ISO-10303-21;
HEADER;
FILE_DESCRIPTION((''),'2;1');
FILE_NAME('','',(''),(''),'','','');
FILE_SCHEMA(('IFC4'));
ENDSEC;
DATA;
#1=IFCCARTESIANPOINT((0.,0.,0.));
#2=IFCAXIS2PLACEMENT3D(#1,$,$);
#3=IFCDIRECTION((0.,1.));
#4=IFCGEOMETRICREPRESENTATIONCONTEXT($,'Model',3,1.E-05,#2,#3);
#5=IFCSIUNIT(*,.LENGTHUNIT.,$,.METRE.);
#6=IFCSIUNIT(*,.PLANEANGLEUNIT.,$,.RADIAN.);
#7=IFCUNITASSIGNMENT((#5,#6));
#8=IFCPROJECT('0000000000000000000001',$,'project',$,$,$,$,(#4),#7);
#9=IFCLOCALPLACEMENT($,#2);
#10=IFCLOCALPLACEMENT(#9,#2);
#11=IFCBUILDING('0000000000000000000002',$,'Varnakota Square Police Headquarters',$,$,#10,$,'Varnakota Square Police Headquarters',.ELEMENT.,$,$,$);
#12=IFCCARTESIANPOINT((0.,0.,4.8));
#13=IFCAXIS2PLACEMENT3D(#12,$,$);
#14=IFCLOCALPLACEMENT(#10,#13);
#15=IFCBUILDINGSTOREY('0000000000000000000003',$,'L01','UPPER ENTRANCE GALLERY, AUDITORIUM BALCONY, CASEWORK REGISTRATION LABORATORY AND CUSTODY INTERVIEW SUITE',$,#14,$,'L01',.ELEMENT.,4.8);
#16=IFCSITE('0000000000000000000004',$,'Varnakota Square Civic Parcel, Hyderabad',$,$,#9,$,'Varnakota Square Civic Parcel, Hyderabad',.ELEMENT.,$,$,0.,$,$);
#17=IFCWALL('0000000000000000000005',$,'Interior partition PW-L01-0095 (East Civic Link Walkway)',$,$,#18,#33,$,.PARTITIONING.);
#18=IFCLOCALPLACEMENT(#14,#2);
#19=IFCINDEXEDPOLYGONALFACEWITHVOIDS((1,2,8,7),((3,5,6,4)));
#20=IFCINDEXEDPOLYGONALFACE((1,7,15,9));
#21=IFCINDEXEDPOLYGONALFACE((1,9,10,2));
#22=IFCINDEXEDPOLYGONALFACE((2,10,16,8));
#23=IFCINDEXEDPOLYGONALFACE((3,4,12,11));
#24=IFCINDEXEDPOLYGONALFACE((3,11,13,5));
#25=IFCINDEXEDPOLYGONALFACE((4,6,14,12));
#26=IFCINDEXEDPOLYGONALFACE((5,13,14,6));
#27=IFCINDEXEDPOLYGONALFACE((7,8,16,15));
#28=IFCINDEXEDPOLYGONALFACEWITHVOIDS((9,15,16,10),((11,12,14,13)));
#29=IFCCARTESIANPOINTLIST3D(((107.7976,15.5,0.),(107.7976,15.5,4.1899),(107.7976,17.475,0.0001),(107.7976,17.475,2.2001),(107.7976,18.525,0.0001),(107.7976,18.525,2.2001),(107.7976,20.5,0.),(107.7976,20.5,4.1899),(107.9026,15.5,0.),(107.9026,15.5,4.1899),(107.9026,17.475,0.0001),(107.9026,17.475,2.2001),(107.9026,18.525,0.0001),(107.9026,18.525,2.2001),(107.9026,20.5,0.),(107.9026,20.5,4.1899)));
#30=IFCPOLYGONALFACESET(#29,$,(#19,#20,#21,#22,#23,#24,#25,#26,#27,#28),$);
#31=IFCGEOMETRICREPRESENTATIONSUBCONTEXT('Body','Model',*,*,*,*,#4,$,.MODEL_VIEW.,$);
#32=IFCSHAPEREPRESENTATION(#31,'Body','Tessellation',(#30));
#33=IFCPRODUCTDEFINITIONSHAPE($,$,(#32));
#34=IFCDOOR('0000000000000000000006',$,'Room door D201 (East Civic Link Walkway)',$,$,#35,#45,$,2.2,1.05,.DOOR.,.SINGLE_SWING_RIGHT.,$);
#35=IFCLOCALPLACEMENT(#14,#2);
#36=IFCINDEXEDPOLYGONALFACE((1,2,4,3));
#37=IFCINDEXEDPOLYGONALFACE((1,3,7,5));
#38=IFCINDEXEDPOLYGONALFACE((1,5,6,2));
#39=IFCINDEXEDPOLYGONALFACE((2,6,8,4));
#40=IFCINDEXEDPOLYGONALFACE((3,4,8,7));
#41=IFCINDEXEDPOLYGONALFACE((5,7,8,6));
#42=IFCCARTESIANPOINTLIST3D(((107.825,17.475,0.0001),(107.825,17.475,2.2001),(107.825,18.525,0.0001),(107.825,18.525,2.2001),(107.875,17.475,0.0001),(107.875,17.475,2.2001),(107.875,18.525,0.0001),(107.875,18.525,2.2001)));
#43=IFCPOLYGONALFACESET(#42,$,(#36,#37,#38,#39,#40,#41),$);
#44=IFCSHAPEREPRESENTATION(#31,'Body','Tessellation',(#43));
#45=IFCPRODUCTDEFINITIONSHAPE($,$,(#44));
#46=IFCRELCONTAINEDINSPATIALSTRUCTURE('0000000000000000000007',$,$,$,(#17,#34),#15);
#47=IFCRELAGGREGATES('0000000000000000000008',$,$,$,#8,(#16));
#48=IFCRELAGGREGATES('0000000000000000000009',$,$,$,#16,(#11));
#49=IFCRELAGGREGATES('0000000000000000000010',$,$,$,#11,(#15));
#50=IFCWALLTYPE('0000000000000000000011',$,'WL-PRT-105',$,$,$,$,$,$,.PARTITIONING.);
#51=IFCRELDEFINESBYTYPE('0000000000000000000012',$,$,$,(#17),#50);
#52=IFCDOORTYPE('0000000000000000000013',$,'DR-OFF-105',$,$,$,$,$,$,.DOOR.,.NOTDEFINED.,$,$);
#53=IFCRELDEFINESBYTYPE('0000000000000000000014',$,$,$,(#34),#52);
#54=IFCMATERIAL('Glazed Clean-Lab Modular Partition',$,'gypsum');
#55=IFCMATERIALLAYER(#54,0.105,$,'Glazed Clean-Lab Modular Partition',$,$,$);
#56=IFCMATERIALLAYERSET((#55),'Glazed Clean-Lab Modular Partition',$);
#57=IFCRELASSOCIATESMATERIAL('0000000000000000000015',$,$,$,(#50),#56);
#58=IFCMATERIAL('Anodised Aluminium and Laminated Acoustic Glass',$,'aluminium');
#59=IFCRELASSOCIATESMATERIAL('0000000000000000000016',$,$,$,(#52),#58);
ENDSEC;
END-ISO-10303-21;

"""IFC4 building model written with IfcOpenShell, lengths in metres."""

from ifc_helpers import new_model, si_unit, direction, frame, frame_2d, origin, place, context, subcontext, project, spatial, rectangle, extrude, material, layer, layer_set, type_object, element, fill, save


model = new_model("IFC4")

# Units and contexts
model_context = context("Model", 3, precision=1e-05, world=origin(), true_north=direction((0.0, 1.0)))
body_context = subcontext(model_context, "Body", "Model", "MODEL_VIEW")
ifc_project = project(units=[si_unit("LENGTHUNIT", "METRE"), si_unit("PLANEANGLEUNIT", "RADIAN")], contexts=[model_context])

# Site, building, storey
site_placement = place(None, origin())
site = spatial("IfcSite", under=ifc_project, at=site_placement, Name="Varnakota Square Civic Parcel, Hyderabad", LongName="Varnakota Square Civic Parcel, Hyderabad", CompositionType="ELEMENT", RefElevation=0.0)
building_placement = place(site_placement, origin())
building = spatial("IfcBuilding", under=site, at=building_placement, Name="Varnakota Square Police Headquarters", LongName="Varnakota Square Police Headquarters", CompositionType="ELEMENT")
storey_placement = place(building_placement, frame((0.0, 0.0, 4.8)))
storey = spatial("IfcBuildingStorey", under=building, at=storey_placement, Name="L01", Description="UPPER ENTRANCE GALLERY, AUDITORIUM BALCONY, CASEWORK REGISTRATION LABORATORY AND CUSTODY INTERVIEW SUITE", LongName="L01", CompositionType="ELEMENT", Elevation=4.8)

# Wall, opening, door
ifc_material_1 = material(Name="Glazed Clean-Lab Modular Partition", Category="gypsum")
ifc_layer_1 = layer(ifc_material_1, 0.105, Name="Glazed Clean-Lab Modular Partition")
ifc_layer_set_1 = layer_set([ifc_layer_1], Name="Glazed Clean-Lab Modular Partition")
wall_type = type_object("IfcWallType", Name="WL-PRT-105", PredefinedType="PARTITIONING", material=ifc_layer_set_1)
wall_placement = place(storey_placement, frame((107.8501, 20.5, 0.0), z_axis=(0.0, 0.0, 1.0), x_axis=(0.0, -1.0, 0.0)))
wall = element("IfcWall", 1, at=wall_placement, inside=storey, type_object=wall_type, Name="Interior partition PW-L01-0095 (East Civic Link Walkway)", PredefinedType="PARTITIONING", context=body_context, shape_type="SweptSolid", body=[
    extrude(rectangle(XDim=5.0, YDim=0.105, at=frame_2d((2.5, 0.0))), origin(), (0.0, 0.0, 1.0), 4.1899),
])
opening_placement = place(wall_placement, frame((1.9751, 0.0, 0.0)))
opening = element("IfcOpeningElement", 2, at=opening_placement, cuts=wall, PredefinedType="OPENING", context=body_context, shape_type="SweptSolid", body=[
    extrude(rectangle(XDim=1.05, YDim=2.2, at=frame_2d((0.5249, 1.1001))), frame((0.0, 0.0625, 0.0), z_axis=(0.0, -1.0, 0.0), x_axis=(1.0, 0.0, 0.0)), (0.0, 0.0, 1.0), 0.125),
])
ifc_material_2 = material(Name="Anodised Aluminium and Laminated Acoustic Glass", Category="aluminium")
door_type = type_object("IfcDoorType", Name="DR-OFF-105", OperationType="NOTDEFINED", PredefinedType="DOOR", material=ifc_material_2)
door_placement = place(opening_placement, origin())
door = element("IfcDoor", 3, at=door_placement, inside=storey, type_object=door_type, Name="Room door D201 (East Civic Link Walkway)", OperationType="SINGLE_SWING_RIGHT", OverallHeight=2.2, OverallWidth=1.05, PredefinedType="DOOR", context=body_context, shape_type="SweptSolid", body=[
    extrude(rectangle(XDim=1.05, YDim=2.2, at=frame_2d((0.5249, 1.1001))), frame((0.0, 0.0249, 0.0), z_axis=(0.0, -1.0, 0.0), x_axis=(1.0, 0.0, 0.0)), (0.0, 0.0, 1.0), 0.05),
])
fill(opening, door)

save(model, "model.ifc")
